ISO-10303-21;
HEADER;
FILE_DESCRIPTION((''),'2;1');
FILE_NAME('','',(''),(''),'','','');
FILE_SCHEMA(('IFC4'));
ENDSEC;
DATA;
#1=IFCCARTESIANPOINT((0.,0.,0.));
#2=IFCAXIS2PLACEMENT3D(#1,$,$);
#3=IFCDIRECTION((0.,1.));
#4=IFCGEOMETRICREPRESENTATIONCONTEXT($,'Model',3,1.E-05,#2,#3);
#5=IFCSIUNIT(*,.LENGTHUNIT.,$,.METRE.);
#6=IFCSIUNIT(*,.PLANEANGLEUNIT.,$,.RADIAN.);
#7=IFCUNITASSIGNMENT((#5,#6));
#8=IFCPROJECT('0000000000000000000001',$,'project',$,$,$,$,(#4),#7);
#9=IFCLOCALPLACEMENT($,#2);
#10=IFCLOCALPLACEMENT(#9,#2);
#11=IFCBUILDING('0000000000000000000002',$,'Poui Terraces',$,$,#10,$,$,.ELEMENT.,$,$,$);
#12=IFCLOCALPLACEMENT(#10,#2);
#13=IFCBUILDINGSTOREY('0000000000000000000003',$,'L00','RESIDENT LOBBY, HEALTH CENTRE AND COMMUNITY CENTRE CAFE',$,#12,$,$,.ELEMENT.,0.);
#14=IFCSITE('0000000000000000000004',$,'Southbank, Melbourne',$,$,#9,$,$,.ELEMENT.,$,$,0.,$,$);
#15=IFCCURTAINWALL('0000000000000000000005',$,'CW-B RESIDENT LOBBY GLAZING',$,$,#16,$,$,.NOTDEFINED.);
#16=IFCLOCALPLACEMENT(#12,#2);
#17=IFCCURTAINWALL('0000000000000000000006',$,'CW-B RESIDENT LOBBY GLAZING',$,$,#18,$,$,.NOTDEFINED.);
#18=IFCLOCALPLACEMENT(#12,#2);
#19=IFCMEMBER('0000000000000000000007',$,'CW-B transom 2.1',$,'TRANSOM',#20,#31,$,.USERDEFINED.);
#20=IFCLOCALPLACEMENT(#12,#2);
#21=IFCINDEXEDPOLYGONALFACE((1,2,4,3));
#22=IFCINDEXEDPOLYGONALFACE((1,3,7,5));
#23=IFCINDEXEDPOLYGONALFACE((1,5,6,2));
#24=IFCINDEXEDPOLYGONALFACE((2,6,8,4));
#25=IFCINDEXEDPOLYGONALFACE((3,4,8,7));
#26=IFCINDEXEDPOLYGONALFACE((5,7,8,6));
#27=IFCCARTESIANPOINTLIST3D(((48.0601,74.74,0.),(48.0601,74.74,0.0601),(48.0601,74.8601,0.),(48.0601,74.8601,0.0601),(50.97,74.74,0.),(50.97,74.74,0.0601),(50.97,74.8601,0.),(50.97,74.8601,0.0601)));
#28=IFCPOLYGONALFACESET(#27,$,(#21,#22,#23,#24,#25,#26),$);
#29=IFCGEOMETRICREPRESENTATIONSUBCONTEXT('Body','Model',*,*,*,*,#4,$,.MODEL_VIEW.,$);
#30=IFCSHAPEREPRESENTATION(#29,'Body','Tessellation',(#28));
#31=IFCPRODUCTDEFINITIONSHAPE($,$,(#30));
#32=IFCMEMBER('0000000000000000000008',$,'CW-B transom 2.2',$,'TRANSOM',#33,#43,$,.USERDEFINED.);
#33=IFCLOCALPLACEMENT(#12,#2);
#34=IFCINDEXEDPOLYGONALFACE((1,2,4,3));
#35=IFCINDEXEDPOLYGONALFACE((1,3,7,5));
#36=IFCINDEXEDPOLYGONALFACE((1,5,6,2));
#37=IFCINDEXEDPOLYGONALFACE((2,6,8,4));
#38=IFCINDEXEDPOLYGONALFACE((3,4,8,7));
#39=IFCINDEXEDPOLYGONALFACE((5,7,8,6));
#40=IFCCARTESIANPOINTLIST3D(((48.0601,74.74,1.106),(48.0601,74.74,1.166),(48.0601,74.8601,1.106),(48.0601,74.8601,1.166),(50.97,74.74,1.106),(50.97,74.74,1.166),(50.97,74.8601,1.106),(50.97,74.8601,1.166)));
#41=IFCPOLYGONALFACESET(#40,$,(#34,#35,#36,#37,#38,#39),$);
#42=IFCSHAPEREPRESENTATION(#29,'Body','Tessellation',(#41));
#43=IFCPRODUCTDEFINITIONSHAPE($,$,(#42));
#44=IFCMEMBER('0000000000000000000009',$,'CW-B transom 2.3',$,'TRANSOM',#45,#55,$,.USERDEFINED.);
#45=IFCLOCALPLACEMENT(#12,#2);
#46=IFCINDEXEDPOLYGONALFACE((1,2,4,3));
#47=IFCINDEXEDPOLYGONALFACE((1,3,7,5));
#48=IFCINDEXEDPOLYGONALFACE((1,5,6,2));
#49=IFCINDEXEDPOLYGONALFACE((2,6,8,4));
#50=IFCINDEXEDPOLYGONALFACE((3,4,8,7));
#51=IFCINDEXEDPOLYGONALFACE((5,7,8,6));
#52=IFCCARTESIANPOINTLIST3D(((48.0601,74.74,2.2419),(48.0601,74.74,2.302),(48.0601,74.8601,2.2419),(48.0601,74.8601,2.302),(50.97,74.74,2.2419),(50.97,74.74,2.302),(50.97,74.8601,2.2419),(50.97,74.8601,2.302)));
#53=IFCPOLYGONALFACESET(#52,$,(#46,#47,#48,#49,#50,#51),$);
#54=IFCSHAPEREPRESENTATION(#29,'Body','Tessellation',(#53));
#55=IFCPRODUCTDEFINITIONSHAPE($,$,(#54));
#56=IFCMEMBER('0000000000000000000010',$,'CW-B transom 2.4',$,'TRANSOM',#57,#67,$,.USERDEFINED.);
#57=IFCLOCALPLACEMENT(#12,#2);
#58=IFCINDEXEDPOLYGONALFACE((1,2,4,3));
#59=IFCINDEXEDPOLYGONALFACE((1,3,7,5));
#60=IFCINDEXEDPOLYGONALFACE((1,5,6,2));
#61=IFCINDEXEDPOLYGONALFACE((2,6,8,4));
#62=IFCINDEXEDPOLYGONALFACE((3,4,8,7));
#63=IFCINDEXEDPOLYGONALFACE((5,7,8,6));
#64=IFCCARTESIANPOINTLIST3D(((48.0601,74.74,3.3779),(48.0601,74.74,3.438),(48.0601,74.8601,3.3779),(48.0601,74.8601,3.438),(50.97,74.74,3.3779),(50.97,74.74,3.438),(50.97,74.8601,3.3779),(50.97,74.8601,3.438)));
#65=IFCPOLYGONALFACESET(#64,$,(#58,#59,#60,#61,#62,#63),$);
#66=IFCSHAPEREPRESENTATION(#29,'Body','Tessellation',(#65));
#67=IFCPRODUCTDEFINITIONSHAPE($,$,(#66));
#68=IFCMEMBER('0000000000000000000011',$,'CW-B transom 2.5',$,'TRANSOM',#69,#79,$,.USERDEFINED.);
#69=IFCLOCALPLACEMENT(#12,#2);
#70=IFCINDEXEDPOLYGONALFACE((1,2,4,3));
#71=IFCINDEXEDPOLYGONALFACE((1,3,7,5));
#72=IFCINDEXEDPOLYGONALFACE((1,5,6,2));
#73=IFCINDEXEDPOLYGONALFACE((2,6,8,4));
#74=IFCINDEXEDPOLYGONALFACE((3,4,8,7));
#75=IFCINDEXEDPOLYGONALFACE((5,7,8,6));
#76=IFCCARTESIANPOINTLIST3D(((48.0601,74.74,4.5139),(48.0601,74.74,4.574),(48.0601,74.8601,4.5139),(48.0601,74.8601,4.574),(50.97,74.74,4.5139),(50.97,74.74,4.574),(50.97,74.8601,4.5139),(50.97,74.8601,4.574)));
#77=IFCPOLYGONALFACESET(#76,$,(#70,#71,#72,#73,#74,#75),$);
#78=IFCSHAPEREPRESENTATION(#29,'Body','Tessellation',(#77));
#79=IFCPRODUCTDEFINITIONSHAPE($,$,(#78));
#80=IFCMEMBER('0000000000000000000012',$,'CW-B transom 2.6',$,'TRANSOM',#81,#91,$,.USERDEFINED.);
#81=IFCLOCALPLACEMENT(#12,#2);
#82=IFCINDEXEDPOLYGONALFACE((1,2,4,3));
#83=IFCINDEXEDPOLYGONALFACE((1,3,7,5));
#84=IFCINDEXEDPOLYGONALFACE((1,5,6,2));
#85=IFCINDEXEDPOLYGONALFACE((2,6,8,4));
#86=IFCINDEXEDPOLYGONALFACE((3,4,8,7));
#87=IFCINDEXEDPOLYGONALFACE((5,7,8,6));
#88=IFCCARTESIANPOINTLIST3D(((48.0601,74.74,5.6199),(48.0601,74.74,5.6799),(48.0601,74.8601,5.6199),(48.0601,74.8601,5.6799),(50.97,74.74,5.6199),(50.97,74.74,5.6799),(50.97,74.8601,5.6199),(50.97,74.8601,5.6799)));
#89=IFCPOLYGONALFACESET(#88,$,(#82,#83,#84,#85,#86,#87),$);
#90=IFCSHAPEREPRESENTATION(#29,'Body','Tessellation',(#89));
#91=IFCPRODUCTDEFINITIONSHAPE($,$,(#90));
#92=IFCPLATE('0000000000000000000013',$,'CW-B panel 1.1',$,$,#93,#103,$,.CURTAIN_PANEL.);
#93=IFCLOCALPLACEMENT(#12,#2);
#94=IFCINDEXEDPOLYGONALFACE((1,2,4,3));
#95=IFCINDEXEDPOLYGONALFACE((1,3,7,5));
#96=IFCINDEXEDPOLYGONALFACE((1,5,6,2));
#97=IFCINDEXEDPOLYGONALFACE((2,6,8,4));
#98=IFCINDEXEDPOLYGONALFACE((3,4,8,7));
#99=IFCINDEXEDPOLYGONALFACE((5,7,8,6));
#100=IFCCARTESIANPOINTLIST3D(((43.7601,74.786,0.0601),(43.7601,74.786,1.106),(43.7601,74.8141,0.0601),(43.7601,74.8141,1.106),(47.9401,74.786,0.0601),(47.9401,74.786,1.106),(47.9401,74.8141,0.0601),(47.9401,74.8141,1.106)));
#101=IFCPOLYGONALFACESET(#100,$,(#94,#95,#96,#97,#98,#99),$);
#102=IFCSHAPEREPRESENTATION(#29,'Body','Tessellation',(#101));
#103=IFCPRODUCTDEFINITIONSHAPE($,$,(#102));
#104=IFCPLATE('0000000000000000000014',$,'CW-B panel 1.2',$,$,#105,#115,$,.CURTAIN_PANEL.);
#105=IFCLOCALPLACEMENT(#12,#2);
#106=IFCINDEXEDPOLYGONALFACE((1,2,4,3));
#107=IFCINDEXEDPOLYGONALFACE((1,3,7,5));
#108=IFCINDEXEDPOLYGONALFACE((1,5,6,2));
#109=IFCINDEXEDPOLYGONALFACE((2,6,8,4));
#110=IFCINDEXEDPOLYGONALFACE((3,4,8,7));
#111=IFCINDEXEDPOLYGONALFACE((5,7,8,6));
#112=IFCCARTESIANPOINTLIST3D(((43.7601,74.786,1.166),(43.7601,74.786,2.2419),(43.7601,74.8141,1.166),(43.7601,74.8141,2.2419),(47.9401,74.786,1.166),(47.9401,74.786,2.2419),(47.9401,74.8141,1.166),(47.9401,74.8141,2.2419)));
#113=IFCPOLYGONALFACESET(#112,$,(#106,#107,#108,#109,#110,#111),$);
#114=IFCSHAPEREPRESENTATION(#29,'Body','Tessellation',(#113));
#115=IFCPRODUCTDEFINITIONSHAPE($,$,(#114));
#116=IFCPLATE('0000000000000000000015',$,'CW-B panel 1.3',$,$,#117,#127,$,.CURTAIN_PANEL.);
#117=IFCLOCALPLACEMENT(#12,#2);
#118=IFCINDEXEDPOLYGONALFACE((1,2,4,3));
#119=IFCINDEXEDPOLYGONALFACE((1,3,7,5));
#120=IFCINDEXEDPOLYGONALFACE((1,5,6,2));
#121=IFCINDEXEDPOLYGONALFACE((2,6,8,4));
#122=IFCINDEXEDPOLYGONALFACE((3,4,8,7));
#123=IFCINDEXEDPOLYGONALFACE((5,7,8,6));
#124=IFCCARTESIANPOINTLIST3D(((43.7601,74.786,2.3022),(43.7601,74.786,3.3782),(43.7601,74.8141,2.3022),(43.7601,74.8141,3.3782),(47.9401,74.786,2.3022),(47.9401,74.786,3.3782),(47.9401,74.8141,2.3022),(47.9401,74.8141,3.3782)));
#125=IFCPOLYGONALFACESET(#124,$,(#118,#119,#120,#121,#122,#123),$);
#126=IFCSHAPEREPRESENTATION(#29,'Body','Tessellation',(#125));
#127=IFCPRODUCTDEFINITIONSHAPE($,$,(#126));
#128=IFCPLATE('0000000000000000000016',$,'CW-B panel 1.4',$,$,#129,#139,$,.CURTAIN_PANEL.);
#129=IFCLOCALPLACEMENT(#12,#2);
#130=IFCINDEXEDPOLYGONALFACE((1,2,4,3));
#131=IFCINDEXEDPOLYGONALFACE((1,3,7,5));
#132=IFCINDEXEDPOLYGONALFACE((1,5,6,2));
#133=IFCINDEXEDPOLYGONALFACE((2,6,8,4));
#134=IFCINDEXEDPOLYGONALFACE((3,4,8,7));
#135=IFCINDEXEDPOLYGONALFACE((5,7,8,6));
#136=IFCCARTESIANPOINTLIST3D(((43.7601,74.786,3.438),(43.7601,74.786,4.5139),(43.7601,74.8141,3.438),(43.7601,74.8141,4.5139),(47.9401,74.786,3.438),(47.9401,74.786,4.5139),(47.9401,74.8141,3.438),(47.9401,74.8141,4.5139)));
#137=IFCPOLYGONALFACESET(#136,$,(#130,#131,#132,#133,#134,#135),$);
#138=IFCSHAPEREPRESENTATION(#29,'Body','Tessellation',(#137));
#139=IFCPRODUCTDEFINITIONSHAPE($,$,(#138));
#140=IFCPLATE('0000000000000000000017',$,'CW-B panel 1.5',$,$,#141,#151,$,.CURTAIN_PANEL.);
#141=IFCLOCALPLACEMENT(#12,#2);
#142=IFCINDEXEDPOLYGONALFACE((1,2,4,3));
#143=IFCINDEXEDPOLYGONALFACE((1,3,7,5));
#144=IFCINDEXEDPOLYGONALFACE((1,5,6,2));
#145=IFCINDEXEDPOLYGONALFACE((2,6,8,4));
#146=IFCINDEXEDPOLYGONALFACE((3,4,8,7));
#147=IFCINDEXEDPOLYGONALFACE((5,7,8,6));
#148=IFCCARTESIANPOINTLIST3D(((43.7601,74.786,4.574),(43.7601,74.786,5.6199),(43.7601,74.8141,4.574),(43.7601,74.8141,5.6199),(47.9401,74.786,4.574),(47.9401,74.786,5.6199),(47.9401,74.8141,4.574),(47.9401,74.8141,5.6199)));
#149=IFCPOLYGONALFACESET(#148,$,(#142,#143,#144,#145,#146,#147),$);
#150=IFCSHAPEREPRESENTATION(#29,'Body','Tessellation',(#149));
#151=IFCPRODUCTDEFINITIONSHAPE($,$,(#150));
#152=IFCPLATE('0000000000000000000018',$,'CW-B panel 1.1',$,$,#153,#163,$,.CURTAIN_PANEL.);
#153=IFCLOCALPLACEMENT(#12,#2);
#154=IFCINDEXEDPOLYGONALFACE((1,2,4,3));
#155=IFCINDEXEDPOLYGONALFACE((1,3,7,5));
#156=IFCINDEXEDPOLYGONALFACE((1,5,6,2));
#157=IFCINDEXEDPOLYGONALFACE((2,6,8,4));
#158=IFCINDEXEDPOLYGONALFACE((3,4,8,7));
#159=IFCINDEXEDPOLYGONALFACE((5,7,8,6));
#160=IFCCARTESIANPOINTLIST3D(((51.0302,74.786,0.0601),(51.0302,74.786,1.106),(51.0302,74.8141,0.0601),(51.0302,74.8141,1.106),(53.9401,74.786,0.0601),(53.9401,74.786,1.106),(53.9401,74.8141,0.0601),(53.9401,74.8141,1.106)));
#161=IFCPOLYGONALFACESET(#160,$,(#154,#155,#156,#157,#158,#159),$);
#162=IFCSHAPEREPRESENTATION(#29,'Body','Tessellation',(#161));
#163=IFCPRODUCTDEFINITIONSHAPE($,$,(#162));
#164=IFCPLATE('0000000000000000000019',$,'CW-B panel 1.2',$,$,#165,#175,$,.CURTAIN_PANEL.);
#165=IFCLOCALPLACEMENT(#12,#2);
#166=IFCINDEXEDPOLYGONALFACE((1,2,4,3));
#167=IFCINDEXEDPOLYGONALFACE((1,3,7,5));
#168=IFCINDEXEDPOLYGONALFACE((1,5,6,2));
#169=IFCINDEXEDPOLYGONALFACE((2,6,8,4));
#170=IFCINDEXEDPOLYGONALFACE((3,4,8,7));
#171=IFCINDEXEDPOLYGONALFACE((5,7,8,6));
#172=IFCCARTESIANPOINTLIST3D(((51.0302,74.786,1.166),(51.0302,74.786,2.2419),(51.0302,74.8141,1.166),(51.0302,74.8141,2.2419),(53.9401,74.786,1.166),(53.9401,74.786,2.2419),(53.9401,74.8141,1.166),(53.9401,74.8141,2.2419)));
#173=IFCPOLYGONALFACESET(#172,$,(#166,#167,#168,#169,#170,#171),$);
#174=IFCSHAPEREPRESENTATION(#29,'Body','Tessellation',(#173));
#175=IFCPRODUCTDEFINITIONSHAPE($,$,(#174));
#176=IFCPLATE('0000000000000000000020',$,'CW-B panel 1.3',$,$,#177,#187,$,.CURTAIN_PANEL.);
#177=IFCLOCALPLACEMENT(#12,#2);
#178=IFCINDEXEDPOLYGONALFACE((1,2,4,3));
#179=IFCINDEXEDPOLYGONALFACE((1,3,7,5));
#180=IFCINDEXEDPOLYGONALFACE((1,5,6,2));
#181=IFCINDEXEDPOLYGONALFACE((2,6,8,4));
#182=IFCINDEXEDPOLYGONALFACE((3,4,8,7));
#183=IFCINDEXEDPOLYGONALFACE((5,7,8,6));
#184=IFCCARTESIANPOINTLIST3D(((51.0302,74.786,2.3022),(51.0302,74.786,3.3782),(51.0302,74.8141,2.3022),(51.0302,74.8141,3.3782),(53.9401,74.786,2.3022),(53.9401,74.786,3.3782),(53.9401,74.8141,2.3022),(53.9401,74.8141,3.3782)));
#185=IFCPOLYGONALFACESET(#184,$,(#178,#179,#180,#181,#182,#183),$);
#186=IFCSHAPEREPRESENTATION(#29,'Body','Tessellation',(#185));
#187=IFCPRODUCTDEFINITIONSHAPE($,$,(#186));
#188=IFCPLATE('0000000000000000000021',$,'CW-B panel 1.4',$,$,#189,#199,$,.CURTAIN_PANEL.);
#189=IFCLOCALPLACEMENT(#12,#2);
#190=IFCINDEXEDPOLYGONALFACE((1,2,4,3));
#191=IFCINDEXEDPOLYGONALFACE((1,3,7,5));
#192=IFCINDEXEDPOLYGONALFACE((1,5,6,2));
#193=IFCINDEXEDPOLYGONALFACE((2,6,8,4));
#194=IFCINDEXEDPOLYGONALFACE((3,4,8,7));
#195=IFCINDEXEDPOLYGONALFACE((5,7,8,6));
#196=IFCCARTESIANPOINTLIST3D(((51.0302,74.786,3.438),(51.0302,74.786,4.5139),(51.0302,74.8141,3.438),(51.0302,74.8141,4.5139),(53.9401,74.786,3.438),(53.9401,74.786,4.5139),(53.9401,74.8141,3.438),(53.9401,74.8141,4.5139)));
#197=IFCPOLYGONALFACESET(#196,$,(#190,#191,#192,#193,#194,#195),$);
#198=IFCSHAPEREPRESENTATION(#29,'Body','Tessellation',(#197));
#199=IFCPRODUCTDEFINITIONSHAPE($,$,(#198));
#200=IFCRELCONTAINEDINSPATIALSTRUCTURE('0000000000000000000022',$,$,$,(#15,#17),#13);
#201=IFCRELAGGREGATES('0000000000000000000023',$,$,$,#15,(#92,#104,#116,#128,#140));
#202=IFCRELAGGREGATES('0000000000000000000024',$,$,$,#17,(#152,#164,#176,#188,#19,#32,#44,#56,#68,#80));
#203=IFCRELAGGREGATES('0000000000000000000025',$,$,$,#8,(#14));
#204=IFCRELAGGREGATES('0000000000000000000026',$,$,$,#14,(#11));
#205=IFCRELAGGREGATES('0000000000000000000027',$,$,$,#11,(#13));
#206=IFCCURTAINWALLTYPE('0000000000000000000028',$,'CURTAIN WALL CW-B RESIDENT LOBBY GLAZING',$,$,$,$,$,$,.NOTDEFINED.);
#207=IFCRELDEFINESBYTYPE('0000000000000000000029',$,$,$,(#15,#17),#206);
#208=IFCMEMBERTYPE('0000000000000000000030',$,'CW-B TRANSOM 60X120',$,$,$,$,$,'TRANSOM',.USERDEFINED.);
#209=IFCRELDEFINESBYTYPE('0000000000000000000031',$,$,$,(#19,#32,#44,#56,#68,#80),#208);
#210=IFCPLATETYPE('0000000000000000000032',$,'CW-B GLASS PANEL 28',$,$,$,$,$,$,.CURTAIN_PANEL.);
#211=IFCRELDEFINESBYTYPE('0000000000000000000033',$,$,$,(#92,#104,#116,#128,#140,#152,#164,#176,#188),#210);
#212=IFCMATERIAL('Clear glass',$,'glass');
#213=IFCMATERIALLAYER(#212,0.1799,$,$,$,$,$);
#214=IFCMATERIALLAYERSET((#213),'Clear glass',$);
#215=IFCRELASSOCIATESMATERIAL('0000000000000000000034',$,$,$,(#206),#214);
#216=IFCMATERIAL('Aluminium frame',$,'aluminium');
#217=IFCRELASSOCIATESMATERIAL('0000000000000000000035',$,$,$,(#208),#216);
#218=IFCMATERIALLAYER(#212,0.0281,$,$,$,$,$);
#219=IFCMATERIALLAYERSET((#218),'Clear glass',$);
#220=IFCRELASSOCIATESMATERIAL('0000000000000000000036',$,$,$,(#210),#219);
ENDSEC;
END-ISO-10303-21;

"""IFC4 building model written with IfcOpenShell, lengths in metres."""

from ifc_helpers import new_model, si_unit, direction, frame, origin, origin_2d, place, context, subcontext, project, spatial, rectangle, extrude, material, layer, layer_set, material_profile, profile_set, type_object, element, aggregate, save


model = new_model("IFC4")

# Units and contexts
model_context = context("Model", 3, precision=1e-05, world=origin(), true_north=direction((0.0, 1.0)))
body_context = subcontext(model_context, "Body", "Model", "MODEL_VIEW")
ifc_project = project(units=[si_unit("LENGTHUNIT", "METRE"), si_unit("PLANEANGLEUNIT", "RADIAN")], contexts=[model_context])

# Site, building, storey
site_placement = place(None, origin())
site = spatial("IfcSite", under=ifc_project, at=site_placement, Name="Southbank, Melbourne", CompositionType="ELEMENT", RefElevation=0.0)
building_placement = place(site_placement, origin())
building = spatial("IfcBuilding", under=site, at=building_placement, Name="Poui Terraces", CompositionType="ELEMENT")
storey_placement = place(building_placement, origin())
storey = spatial("IfcBuildingStorey", under=building, at=storey_placement, Name="L00", Description="RESIDENT LOBBY, HEALTH CENTRE AND COMMUNITY CENTRE CAFE", CompositionType="ELEMENT", Elevation=0.0)

# Curtain walls
ifc_material_1 = material(Name="Clear glass", Category="glass")
ifc_material_2 = material(Name="Aluminium frame", Category="aluminium")
ifc_layer_1 = layer(ifc_material_1, 0.1799)
ifc_layer_set_1 = layer_set([ifc_layer_1], Name="Clear glass")
curtain_wall_type_1 = type_object("IfcCurtainWallType", Name="CURTAIN WALL CW-B RESIDENT LOBBY GLAZING", PredefinedType="NOTDEFINED", material=ifc_layer_set_1)
curtain_wall_1_placement = place(storey_placement, origin())
curtain_wall_1 = element("IfcCurtainWall", 1, at=curtain_wall_1_placement, inside=storey, type_object=curtain_wall_type_1, Name="CW-B RESIDENT LOBBY GLAZING", PredefinedType="NOTDEFINED")
curtain_wall_2_placement = place(storey_placement, origin())
curtain_wall_2 = element("IfcCurtainWall", 2, at=curtain_wall_2_placement, inside=storey, type_object=curtain_wall_type_1, Name="CW-B RESIDENT LOBBY GLAZING", PredefinedType="NOTDEFINED")

# Members
ifc_material_profile_1 = material_profile(ifc_material_2, rectangle(XDim=0.1201, YDim=0.0601, at=origin_2d()), Name="CW-B TRANSOM 60X120")
ifc_profile_set_1 = profile_set([ifc_material_profile_1], Name="Aluminium frame")
member_type_1 = type_object("IfcMemberType", Name="CW-B TRANSOM 60X120", ElementType="TRANSOM", PredefinedType="USERDEFINED", material=ifc_profile_set_1)
member_1_placement = place(storey_placement, frame((50.97, 74.8, 0.03), z_axis=(-1.0, 0.0, 0.0), x_axis=(0.0, -1.0, 0.0)))
member_1 = element("IfcMember", 3, at=member_1_placement, type_object=member_type_1, Name="CW-B transom 2.1", ObjectType="TRANSOM", PredefinedType="USERDEFINED", context=body_context, shape_type="SweptSolid", body=[
    extrude(rectangle(XDim=0.1201, YDim=0.0601, at=origin_2d()), origin(), (0.0, 0.0, 1.0), 2.9099),
])
member_2_placement = place(storey_placement, frame((50.97, 74.8, 1.136), z_axis=(-1.0, 0.0, 0.0), x_axis=(0.0, -1.0, 0.0)))
member_2 = element("IfcMember", 4, at=member_2_placement, type_object=member_type_1, Name="CW-B transom 2.2", ObjectType="TRANSOM", PredefinedType="USERDEFINED", context=body_context, shape_type="SweptSolid", body=[
    extrude(rectangle(XDim=0.1201, YDim=0.0601, at=origin_2d()), origin(), (0.0, 0.0, 1.0), 2.9099),
])
member_3_placement = place(storey_placement, frame((50.97, 74.8, 2.272), z_axis=(-1.0, 0.0, 0.0), x_axis=(0.0, -1.0, 0.0)))
member_3 = element("IfcMember", 5, at=member_3_placement, type_object=member_type_1, Name="CW-B transom 2.3", ObjectType="TRANSOM", PredefinedType="USERDEFINED", context=body_context, shape_type="SweptSolid", body=[
    extrude(rectangle(XDim=0.1201, YDim=0.0601, at=origin_2d()), origin(), (0.0, 0.0, 1.0), 2.9099),
])
member_4_placement = place(storey_placement, frame((50.97, 74.8, 3.408), z_axis=(-1.0, 0.0, 0.0), x_axis=(0.0, -1.0, 0.0)))
member_4 = element("IfcMember", 6, at=member_4_placement, type_object=member_type_1, Name="CW-B transom 2.4", ObjectType="TRANSOM", PredefinedType="USERDEFINED", context=body_context, shape_type="SweptSolid", body=[
    extrude(rectangle(XDim=0.1201, YDim=0.0601, at=origin_2d()), origin(), (0.0, 0.0, 1.0), 2.9099),
])
member_5_placement = place(storey_placement, frame((50.97, 74.8, 4.5439), z_axis=(-1.0, 0.0, 0.0), x_axis=(0.0, -1.0, 0.0)))
member_5 = element("IfcMember", 7, at=member_5_placement, type_object=member_type_1, Name="CW-B transom 2.5", ObjectType="TRANSOM", PredefinedType="USERDEFINED", context=body_context, shape_type="SweptSolid", body=[
    extrude(rectangle(XDim=0.1201, YDim=0.0601, at=origin_2d()), origin(), (0.0, 0.0, 1.0), 2.9099),
])
member_6_placement = place(storey_placement, frame((50.97, 74.8, 5.6499), z_axis=(-1.0, 0.0, 0.0), x_axis=(0.0, -1.0, 0.0)))
member_6 = element("IfcMember", 8, at=member_6_placement, type_object=member_type_1, Name="CW-B transom 2.6", ObjectType="TRANSOM", PredefinedType="USERDEFINED", context=body_context, shape_type="SweptSolid", body=[
    extrude(rectangle(XDim=0.1201, YDim=0.0601, at=origin_2d()), origin(), (0.0, 0.0, 1.0), 2.9099),
])

# Plates
ifc_layer_2 = layer(ifc_material_1, 0.0281)
ifc_layer_set_2 = layer_set([ifc_layer_2], Name="Clear glass")
plate_type = type_object("IfcPlateType", Name="CW-B GLASS PANEL 28", PredefinedType="CURTAIN_PANEL", material=ifc_layer_set_2)
plate_1_placement = place(storey_placement, frame((45.8501, 74.8, 0.0601), z_axis=(0.0, 0.0, 1.0), x_axis=(-1.0, 0.0, 0.0)))
plate_1 = element("IfcPlate", 9, at=plate_1_placement, type_object=plate_type, Name="CW-B panel 1.1", PredefinedType="CURTAIN_PANEL", context=body_context, shape_type="SweptSolid", body=[
    extrude(rectangle(XDim=4.1799, YDim=0.0281, at=origin_2d()), origin(), (0.0, 0.0, 1.0), 1.0459),
])
plate_2_placement = place(storey_placement, frame((45.8501, 74.8, 1.166), z_axis=(0.0, 0.0, 1.0), x_axis=(-1.0, 0.0, 0.0)))
plate_2 = element("IfcPlate", 10, at=plate_2_placement, type_object=plate_type, Name="CW-B panel 1.2", PredefinedType="CURTAIN_PANEL", context=body_context, shape_type="SweptSolid", body=[
    extrude(rectangle(XDim=4.1799, YDim=0.0281, at=origin_2d()), origin(), (0.0, 0.0, 1.0), 1.0759),
])
plate_3_placement = place(storey_placement, frame((45.8501, 74.8, 2.3022), z_axis=(0.0, 0.0, 1.0), x_axis=(-1.0, 0.0, 0.0)))
plate_3 = element("IfcPlate", 11, at=plate_3_placement, type_object=plate_type, Name="CW-B panel 1.3", PredefinedType="CURTAIN_PANEL", context=body_context, shape_type="SweptSolid", body=[
    extrude(rectangle(XDim=4.1799, YDim=0.0281, at=origin_2d()), origin(), (0.0, 0.0, 1.0), 1.0759),
])
plate_4_placement = place(storey_placement, frame((45.8501, 74.8, 3.438), z_axis=(0.0, 0.0, 1.0), x_axis=(-1.0, 0.0, 0.0)))
plate_4 = element("IfcPlate", 12, at=plate_4_placement, type_object=plate_type, Name="CW-B panel 1.4", PredefinedType="CURTAIN_PANEL", context=body_context, shape_type="SweptSolid", body=[
    extrude(rectangle(XDim=4.1799, YDim=0.0281, at=origin_2d()), origin(), (0.0, 0.0, 1.0), 1.0759),
])
plate_5_placement = place(storey_placement, frame((45.8501, 74.8, 4.574), z_axis=(0.0, 0.0, 1.0), x_axis=(-1.0, 0.0, 0.0)))
plate_5 = element("IfcPlate", 13, at=plate_5_placement, type_object=plate_type, Name="CW-B panel 1.5", PredefinedType="CURTAIN_PANEL", context=body_context, shape_type="SweptSolid", body=[
    extrude(rectangle(XDim=4.1799, YDim=0.0281, at=origin_2d()), origin(), (0.0, 0.0, 1.0), 1.0459),
])
aggregate(curtain_wall_1, [plate_1, plate_2, plate_3, plate_4, plate_5])
plate_6_placement = place(storey_placement, frame((52.4851, 74.8, 0.0601), z_axis=(0.0, 0.0, 1.0), x_axis=(-1.0, 0.0, 0.0)))
plate_6 = element("IfcPlate", 14, at=plate_6_placement, type_object=plate_type, Name="CW-B panel 1.1", PredefinedType="CURTAIN_PANEL", context=body_context, shape_type="SweptSolid", body=[
    extrude(rectangle(XDim=2.9099, YDim=0.0281, at=origin_2d()), origin(), (0.0, 0.0, 1.0), 1.0459),
])
plate_7_placement = place(storey_placement, frame((52.4851, 74.8, 1.166), z_axis=(0.0, 0.0, 1.0), x_axis=(-1.0, 0.0, 0.0)))
plate_7 = element("IfcPlate", 15, at=plate_7_placement, type_object=plate_type, Name="CW-B panel 1.2", PredefinedType="CURTAIN_PANEL", context=body_context, shape_type="SweptSolid", body=[
    extrude(rectangle(XDim=2.9099, YDim=0.0281, at=origin_2d()), origin(), (0.0, 0.0, 1.0), 1.0759),
])
plate_8_placement = place(storey_placement, frame((52.4851, 74.8, 2.3022), z_axis=(0.0, 0.0, 1.0), x_axis=(-1.0, 0.0, 0.0)))
plate_8 = element("IfcPlate", 16, at=plate_8_placement, type_object=plate_type, Name="CW-B panel 1.3", PredefinedType="CURTAIN_PANEL", context=body_context, shape_type="SweptSolid", body=[
    extrude(rectangle(XDim=2.9099, YDim=0.0281, at=origin_2d()), origin(), (0.0, 0.0, 1.0), 1.0759),
])
plate_9_placement = place(storey_placement, frame((52.4851, 74.8, 3.438), z_axis=(0.0, 0.0, 1.0), x_axis=(-1.0, 0.0, 0.0)))
plate_9 = element("IfcPlate", 17, at=plate_9_placement, type_object=plate_type, Name="CW-B panel 1.4", PredefinedType="CURTAIN_PANEL", context=body_context, shape_type="SweptSolid", body=[
    extrude(rectangle(XDim=2.9099, YDim=0.0281, at=origin_2d()), origin(), (0.0, 0.0, 1.0), 1.0759),
])
aggregate(curtain_wall_2, [plate_6, plate_7, plate_8, plate_9, member_1, member_2, member_3, member_4, member_5, member_6])

save(model, "model.ifc")
